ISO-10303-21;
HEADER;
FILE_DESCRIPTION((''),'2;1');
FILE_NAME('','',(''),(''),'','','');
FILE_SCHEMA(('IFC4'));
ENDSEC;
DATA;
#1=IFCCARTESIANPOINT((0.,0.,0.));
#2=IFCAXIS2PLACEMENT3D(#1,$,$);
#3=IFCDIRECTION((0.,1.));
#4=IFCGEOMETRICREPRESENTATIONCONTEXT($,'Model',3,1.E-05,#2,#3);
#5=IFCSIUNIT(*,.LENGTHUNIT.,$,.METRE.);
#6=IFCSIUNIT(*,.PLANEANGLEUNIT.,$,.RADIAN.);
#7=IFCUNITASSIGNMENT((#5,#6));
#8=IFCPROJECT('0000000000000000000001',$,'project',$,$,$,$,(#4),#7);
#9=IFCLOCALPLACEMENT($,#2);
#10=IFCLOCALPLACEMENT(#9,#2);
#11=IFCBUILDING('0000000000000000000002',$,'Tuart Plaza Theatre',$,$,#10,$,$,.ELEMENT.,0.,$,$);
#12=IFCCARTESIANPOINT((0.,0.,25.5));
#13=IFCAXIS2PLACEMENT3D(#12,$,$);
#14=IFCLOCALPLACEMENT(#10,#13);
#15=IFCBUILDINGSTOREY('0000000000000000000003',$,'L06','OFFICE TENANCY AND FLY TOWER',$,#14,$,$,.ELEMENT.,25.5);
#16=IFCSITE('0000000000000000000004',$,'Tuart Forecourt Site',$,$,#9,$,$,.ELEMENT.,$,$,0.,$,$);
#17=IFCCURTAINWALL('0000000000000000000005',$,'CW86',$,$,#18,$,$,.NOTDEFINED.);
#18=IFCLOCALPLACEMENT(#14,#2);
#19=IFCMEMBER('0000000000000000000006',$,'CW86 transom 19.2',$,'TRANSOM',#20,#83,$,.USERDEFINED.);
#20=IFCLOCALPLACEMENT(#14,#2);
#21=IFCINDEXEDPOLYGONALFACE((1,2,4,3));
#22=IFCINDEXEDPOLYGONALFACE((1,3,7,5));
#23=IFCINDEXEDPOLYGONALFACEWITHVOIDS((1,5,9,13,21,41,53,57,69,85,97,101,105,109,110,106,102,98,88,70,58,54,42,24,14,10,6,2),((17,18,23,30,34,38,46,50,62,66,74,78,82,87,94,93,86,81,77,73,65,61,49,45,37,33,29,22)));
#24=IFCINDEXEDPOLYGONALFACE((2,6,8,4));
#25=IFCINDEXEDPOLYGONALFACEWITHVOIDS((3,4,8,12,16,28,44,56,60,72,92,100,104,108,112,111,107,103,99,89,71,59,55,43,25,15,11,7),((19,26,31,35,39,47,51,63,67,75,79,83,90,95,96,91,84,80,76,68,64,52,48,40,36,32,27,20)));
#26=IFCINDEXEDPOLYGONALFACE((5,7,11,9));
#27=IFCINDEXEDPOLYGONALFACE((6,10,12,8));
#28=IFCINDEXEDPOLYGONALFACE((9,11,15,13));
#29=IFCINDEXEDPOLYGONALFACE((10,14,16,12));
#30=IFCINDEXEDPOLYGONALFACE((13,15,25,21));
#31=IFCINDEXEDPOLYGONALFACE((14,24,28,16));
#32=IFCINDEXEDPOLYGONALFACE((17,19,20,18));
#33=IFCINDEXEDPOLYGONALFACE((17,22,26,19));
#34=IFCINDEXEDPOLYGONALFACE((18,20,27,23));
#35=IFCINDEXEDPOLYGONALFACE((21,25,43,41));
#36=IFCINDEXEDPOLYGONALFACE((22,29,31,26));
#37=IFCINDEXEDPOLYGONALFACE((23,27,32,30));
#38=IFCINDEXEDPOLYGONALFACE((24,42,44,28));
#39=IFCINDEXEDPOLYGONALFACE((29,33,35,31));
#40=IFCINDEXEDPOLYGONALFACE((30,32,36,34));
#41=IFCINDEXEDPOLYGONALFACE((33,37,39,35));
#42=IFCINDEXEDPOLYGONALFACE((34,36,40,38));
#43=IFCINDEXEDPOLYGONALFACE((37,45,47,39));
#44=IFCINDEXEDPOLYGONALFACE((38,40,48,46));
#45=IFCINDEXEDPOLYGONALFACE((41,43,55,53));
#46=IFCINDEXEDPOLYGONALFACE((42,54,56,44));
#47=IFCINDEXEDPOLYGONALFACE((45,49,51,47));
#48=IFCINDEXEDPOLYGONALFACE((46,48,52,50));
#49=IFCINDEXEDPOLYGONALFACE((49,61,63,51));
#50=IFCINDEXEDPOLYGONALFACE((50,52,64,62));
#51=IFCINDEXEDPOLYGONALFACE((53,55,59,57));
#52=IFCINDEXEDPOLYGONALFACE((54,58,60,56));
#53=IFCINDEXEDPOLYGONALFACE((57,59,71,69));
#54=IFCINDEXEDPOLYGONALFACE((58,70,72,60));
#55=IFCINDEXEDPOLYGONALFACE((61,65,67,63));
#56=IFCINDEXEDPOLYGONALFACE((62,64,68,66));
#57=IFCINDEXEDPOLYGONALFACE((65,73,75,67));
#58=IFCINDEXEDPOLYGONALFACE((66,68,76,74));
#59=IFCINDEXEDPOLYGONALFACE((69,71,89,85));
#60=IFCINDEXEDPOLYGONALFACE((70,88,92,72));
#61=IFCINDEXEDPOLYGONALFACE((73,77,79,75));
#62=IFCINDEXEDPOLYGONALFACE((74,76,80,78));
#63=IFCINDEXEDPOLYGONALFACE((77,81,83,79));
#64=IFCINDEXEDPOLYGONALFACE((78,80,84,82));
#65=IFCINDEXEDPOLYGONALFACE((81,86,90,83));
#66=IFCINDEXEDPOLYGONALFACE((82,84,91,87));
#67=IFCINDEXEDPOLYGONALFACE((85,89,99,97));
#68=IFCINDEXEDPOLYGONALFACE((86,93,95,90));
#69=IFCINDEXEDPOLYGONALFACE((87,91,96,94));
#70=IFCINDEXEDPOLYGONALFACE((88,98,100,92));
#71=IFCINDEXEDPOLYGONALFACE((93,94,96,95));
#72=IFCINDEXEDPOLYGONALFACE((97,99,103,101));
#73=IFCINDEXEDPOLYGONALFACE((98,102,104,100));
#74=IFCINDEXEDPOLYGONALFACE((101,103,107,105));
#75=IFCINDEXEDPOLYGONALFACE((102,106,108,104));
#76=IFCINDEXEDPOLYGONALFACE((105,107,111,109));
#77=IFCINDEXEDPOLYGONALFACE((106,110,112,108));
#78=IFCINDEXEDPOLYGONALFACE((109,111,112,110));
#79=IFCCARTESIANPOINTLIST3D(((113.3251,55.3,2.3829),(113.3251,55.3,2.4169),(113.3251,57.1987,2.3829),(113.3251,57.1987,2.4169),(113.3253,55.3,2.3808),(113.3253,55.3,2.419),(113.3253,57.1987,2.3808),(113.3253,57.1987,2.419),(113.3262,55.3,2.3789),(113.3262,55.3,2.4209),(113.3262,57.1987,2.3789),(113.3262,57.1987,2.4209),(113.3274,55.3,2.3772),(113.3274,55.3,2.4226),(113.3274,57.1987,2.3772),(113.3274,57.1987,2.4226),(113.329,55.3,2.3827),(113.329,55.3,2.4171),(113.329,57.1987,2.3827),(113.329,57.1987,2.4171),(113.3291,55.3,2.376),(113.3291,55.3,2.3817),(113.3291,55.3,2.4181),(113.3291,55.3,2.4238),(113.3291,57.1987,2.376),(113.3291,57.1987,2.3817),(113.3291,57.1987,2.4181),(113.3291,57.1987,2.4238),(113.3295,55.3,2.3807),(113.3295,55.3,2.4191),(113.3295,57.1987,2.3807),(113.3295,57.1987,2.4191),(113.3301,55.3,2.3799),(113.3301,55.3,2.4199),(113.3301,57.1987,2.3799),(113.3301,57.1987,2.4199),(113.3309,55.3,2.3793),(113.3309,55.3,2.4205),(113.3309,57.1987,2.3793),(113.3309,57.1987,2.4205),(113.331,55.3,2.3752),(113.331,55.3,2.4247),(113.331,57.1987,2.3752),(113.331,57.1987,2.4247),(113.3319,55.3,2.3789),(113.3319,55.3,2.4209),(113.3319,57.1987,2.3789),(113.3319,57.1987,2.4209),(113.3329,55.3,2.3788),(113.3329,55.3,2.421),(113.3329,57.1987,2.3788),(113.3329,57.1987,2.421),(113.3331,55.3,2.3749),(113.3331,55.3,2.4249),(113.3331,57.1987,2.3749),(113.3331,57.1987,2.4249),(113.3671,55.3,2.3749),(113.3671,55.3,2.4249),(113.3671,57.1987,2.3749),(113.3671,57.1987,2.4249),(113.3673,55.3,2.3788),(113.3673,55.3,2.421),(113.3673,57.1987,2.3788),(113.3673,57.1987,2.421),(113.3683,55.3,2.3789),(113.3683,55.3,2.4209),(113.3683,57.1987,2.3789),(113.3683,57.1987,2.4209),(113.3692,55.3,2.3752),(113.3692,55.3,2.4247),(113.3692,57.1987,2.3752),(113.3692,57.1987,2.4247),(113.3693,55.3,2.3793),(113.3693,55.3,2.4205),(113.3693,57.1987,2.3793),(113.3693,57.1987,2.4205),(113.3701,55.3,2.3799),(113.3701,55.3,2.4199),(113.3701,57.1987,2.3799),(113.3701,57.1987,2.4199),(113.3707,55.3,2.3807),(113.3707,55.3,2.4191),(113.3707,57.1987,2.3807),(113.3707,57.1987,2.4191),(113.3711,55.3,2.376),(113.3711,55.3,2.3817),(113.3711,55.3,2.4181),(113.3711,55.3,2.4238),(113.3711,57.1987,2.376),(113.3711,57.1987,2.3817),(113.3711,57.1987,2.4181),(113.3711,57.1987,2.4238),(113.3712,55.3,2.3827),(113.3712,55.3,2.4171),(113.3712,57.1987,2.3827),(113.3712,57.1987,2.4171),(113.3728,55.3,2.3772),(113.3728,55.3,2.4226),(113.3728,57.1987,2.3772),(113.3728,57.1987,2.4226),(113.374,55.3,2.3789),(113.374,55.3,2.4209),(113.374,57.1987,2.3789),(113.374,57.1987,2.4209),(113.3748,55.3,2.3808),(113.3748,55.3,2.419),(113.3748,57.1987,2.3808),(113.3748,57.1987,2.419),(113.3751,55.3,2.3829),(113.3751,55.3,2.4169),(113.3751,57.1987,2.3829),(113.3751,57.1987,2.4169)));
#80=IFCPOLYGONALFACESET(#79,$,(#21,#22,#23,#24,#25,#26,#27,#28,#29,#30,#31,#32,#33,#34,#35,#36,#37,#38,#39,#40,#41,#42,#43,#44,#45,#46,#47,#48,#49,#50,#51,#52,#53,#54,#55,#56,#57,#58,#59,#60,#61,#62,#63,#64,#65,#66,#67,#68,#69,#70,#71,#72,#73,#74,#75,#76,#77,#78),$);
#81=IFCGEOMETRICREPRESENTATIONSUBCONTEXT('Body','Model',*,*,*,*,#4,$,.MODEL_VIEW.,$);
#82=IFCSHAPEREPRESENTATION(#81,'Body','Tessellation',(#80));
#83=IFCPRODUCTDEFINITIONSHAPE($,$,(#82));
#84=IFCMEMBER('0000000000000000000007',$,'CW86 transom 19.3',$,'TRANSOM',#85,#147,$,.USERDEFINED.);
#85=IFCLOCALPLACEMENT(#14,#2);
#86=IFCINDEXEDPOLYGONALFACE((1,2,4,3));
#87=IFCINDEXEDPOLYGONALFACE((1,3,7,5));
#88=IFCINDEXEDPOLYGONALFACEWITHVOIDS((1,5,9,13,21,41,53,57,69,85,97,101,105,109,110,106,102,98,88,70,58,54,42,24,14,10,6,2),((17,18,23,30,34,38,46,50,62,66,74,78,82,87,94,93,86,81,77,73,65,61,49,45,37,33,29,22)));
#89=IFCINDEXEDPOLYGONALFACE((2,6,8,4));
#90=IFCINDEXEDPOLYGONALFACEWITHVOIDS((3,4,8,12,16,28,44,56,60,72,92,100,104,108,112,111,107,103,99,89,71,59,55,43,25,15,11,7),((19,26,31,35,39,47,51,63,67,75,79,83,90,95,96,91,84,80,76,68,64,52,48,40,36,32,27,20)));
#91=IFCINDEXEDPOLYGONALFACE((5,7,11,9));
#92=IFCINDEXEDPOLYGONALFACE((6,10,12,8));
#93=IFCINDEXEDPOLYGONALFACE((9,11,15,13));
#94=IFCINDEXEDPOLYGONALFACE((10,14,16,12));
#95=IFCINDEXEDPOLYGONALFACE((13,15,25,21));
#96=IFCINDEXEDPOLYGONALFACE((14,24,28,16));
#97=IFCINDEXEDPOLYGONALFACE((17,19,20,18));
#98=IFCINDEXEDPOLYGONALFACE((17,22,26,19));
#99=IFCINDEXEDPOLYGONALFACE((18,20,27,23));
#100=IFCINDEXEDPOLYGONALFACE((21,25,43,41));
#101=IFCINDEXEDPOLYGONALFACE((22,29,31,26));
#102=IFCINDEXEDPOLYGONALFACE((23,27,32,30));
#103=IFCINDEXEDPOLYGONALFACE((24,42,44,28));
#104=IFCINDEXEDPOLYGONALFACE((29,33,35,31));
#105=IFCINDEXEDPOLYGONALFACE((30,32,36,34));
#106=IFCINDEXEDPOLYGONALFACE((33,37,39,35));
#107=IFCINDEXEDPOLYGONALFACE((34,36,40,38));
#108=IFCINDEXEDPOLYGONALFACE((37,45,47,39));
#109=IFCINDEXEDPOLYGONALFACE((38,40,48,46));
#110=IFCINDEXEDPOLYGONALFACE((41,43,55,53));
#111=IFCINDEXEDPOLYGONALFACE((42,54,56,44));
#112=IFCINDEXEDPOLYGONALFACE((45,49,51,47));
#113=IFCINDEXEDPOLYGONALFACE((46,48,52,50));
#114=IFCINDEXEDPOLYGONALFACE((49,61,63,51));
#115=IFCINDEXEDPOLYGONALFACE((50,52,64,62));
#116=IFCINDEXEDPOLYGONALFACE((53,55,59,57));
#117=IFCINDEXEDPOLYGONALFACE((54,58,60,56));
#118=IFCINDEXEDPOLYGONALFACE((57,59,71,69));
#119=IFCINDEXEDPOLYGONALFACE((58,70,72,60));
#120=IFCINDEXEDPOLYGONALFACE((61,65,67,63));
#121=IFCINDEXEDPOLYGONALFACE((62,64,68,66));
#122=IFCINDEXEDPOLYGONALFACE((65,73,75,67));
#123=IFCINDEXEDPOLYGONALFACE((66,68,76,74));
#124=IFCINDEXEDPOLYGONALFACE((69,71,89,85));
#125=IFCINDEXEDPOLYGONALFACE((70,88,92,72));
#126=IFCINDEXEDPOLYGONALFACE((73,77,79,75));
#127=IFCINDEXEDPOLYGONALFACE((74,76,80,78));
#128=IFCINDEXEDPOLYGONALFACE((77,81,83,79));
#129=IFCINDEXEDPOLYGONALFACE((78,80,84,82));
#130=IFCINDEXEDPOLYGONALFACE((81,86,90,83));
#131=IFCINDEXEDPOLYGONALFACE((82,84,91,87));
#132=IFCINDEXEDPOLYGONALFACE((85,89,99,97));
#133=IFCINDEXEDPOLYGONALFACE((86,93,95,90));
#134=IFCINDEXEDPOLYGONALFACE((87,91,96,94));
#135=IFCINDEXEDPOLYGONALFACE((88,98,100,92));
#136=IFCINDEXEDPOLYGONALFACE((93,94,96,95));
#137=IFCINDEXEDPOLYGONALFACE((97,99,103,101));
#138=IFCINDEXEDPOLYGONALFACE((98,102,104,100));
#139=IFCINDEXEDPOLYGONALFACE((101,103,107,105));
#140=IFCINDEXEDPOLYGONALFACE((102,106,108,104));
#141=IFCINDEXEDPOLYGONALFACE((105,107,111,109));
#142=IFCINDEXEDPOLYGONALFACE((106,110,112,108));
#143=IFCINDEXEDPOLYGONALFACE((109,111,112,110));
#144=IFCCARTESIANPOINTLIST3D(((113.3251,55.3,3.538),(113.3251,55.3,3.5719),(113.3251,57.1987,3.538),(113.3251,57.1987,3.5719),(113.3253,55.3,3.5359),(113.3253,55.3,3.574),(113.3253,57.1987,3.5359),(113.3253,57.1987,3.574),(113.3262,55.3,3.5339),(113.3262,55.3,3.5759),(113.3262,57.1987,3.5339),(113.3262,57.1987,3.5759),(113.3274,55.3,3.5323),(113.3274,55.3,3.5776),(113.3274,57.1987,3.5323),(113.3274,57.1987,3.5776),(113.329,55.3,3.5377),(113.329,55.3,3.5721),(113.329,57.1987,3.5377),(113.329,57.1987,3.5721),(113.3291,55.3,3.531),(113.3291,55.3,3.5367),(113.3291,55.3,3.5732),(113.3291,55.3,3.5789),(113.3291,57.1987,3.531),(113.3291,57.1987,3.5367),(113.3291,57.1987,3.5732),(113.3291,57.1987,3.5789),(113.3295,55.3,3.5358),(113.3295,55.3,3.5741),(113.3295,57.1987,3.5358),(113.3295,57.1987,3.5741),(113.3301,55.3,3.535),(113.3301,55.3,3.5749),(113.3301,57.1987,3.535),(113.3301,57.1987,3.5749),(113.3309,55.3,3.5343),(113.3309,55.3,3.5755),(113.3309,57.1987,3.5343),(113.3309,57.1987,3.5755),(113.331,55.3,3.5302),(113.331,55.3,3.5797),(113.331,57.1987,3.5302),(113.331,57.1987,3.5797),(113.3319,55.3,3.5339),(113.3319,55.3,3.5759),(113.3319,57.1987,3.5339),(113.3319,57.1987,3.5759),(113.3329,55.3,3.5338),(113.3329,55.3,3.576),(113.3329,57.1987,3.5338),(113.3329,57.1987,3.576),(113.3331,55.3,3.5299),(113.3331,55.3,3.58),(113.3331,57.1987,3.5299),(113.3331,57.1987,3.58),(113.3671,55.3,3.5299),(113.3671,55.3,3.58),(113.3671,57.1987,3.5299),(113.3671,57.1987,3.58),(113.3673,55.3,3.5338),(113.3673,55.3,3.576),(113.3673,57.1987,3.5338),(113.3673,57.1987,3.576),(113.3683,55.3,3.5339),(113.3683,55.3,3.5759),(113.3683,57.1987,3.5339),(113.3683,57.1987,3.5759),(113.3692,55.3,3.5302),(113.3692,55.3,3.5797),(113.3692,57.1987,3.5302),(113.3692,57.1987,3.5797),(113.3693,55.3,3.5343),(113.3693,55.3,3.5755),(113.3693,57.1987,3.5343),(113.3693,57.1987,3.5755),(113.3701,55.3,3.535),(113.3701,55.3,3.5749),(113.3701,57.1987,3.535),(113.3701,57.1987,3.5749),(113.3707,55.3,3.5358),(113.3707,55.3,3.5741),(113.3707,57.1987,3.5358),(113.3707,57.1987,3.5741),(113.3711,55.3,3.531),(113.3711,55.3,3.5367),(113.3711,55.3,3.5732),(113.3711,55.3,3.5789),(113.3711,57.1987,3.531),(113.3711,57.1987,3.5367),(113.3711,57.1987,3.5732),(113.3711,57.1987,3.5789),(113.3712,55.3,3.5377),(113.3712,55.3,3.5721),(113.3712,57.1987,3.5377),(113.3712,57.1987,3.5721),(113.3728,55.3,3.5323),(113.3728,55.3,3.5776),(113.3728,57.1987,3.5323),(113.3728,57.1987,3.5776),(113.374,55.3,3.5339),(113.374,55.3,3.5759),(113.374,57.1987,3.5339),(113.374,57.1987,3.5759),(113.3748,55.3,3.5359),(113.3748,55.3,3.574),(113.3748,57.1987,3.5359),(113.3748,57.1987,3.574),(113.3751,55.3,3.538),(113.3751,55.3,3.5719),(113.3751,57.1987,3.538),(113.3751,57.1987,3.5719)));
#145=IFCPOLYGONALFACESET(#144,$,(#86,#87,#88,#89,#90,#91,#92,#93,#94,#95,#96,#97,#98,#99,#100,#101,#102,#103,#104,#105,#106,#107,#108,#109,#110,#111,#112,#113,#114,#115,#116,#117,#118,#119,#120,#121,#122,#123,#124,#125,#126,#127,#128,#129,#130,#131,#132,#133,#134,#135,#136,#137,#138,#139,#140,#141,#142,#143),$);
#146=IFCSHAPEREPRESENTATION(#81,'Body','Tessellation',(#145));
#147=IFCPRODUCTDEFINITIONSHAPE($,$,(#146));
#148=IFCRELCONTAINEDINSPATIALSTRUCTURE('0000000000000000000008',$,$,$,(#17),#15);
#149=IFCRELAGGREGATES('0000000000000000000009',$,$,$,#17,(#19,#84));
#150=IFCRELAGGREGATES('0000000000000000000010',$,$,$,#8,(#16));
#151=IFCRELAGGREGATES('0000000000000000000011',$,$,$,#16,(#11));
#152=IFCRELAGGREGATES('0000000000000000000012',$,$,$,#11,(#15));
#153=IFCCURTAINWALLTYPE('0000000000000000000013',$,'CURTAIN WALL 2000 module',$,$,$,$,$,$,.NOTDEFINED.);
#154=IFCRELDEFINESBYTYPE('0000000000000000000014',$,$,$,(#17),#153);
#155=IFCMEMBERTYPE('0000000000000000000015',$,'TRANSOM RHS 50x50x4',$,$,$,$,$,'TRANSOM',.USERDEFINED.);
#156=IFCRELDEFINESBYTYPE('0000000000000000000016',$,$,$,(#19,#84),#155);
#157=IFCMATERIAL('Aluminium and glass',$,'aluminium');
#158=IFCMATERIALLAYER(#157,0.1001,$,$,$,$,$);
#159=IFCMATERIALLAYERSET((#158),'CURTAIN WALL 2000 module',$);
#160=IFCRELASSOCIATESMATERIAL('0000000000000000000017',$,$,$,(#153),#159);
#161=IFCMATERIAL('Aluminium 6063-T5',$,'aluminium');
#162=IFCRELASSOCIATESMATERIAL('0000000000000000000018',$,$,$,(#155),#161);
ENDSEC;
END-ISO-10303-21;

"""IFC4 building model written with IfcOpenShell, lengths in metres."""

from ifc_helpers import new_model, si_unit, direction, frame, origin, origin_2d, place, context, subcontext, project, spatial, hollow_rectangle, extrude, material, layer, layer_set, material_profile, profile_set, type_object, element, aggregate, save


model = new_model("IFC4")

# Units and contexts
model_context = context("Model", 3, precision=1e-05, world=origin(), true_north=direction((0.0, 1.0)))
body_context = subcontext(model_context, "Body", "Model", "MODEL_VIEW")
ifc_project = project(units=[si_unit("LENGTHUNIT", "METRE"), si_unit("PLANEANGLEUNIT", "RADIAN")], contexts=[model_context])

# Site, building, storey
site_placement = place(None, origin())
site = spatial("IfcSite", under=ifc_project, at=site_placement, Name="Tuart Forecourt Site", CompositionType="ELEMENT", RefElevation=0.0)
building_placement = place(site_placement, origin())
building = spatial("IfcBuilding", under=site, at=building_placement, Name="Tuart Plaza Theatre", CompositionType="ELEMENT", ElevationOfRefHeight=0.0)
storey_placement = place(building_placement, frame((0.0, 0.0, 25.5)))
storey = spatial("IfcBuildingStorey", under=building, at=storey_placement, Name="L06", Description="OFFICE TENANCY AND FLY TOWER", CompositionType="ELEMENT", Elevation=25.5)

# Curtain wall, members
ifc_material_1 = material(Name="Aluminium and glass", Category="aluminium")
ifc_layer_1 = layer(ifc_material_1, 0.1001)
ifc_layer_set_1 = layer_set([ifc_layer_1], Name="CURTAIN WALL 2000 module")
curtain_wall_type = type_object("IfcCurtainWallType", Name="CURTAIN WALL 2000 module", PredefinedType="NOTDEFINED", material=ifc_layer_set_1)
curtain_wall_1_placement = place(storey_placement, origin())
curtain_wall_1 = element("IfcCurtainWall", 1, at=curtain_wall_1_placement, inside=storey, type_object=curtain_wall_type, Name="CW86", PredefinedType="NOTDEFINED")
ifc_material_2 = material(Name="Aluminium 6063-T5", Category="aluminium")
ifc_material_profile_1 = material_profile(ifc_material_2, hollow_rectangle(XDim=0.05, YDim=0.05, WallThickness=0.0039, InnerFilletRadius=0.0039, OuterFilletRadius=0.0081, at=origin_2d()), Name="RHS 50x50x4")
ifc_profile_set_1 = profile_set([ifc_material_profile_1], Name="Aluminium 6063-T5")
member_type_1 = type_object("IfcMemberType", Name="TRANSOM RHS 50x50x4", ElementType="TRANSOM", PredefinedType="USERDEFINED", material=ifc_profile_set_1)
member_1_placement = place(storey_placement, frame((113.3501, 57.1987, 2.3999), z_axis=(0.0, -1.0, 0.0), x_axis=(1.0, 0.0, 0.0)))
member_1 = element("IfcMember", 2, at=member_1_placement, type_object=member_type_1, Name="CW86 transom 19.2", ObjectType="TRANSOM", PredefinedType="USERDEFINED", context=body_context, shape_type="SweptSolid", body=[
    extrude(hollow_rectangle(XDim=0.05, YDim=0.05, WallThickness=0.0039, InnerFilletRadius=0.0039, OuterFilletRadius=0.0081, at=origin_2d()), origin(), (0.0, 0.0, 1.0), 1.8987),
])
member_2_placement = place(storey_placement, frame((113.3501, 57.1987, 3.5549), z_axis=(0.0, -1.0, 0.0), x_axis=(1.0, 0.0, 0.0)))
member_2 = element("IfcMember", 3, at=member_2_placement, type_object=member_type_1, Name="CW86 transom 19.3", ObjectType="TRANSOM", PredefinedType="USERDEFINED", context=body_context, shape_type="SweptSolid", body=[
    extrude(hollow_rectangle(XDim=0.05, YDim=0.05, WallThickness=0.0039, InnerFilletRadius=0.0039, OuterFilletRadius=0.0081, at=origin_2d()), origin(), (0.0, 0.0, 1.0), 1.8987),
])

aggregate(curtain_wall_1, [member_1, member_2])

save(model, "model.ifc")
